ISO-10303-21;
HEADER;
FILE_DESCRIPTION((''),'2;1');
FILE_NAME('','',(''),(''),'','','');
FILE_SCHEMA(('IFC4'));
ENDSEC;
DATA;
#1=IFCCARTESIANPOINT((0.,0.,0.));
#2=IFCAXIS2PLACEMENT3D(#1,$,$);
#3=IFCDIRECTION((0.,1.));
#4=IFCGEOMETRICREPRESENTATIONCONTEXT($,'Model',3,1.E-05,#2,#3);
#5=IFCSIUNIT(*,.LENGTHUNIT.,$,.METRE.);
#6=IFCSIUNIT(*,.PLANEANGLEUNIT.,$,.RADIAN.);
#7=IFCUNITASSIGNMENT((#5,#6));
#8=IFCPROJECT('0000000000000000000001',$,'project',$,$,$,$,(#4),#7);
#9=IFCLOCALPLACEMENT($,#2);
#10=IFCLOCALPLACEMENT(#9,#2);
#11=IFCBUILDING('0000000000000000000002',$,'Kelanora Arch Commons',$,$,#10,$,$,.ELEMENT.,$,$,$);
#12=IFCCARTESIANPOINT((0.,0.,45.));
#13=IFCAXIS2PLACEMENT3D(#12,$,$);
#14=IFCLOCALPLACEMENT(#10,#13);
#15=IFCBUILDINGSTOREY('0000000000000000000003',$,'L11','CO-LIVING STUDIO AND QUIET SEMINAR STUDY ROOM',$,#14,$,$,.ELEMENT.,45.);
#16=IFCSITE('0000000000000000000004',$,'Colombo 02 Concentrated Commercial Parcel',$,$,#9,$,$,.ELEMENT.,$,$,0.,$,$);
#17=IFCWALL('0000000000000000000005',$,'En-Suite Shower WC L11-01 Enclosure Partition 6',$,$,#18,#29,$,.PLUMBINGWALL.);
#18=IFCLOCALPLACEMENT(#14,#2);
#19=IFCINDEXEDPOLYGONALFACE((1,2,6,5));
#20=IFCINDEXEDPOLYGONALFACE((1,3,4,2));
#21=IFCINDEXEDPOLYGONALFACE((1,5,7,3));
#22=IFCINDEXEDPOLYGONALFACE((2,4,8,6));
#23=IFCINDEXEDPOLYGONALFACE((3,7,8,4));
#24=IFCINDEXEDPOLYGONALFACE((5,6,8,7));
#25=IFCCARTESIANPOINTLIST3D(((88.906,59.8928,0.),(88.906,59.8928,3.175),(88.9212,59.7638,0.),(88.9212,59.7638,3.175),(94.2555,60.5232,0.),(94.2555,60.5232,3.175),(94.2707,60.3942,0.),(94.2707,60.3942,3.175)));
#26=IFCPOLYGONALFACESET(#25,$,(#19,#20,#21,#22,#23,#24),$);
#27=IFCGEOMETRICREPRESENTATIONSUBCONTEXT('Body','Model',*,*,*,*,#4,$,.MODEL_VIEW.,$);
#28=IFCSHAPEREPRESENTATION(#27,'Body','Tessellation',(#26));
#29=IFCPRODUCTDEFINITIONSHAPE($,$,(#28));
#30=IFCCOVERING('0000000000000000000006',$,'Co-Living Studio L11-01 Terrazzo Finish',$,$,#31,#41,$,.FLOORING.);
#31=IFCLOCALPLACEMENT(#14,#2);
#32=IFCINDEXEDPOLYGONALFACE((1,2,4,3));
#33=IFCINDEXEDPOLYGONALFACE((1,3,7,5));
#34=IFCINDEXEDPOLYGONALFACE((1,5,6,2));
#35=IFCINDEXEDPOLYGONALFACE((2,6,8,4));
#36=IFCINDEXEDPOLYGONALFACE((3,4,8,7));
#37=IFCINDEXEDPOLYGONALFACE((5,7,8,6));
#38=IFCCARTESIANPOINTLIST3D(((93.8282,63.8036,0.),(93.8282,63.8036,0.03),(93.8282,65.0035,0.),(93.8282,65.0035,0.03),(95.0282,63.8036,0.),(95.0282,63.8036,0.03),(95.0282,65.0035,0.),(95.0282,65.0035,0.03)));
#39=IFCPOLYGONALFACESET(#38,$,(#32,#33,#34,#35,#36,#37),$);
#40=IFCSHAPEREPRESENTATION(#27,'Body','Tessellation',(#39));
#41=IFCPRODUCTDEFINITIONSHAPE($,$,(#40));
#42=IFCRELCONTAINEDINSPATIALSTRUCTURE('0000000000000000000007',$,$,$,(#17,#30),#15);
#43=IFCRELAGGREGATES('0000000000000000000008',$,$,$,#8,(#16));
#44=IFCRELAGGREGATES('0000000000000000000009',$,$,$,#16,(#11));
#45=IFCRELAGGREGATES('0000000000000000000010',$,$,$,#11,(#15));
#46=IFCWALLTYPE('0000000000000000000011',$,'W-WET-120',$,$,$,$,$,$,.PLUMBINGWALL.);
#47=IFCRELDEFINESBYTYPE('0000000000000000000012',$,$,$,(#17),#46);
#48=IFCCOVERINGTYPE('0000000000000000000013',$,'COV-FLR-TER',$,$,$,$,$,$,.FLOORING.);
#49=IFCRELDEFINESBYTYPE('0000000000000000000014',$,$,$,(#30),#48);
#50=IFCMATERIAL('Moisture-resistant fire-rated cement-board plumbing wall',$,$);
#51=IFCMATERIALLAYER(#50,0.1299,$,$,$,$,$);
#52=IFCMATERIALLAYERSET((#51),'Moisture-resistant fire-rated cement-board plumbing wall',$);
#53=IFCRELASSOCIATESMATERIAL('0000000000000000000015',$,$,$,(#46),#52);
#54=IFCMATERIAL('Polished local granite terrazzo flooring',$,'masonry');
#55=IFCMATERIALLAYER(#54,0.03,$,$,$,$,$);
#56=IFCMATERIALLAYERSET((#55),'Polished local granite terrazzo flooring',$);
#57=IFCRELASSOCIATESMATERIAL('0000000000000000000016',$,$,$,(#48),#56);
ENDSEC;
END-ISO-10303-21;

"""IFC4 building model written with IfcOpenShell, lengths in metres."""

from ifc_helpers import new_model, si_unit, direction, frame, frame_2d, origin, origin_2d, place, context, subcontext, project, spatial, rectangle, extrude, source, transform, mapped, material, layer, layer_set, type_object, element, save


model = new_model("IFC4")

# Units and contexts
model_context = context("Model", 3, precision=1e-05, world=origin(), true_north=direction((0.0, 1.0)))
body_context = subcontext(model_context, "Body", "Model", "MODEL_VIEW")
ifc_project = project(units=[si_unit("LENGTHUNIT", "METRE"), si_unit("PLANEANGLEUNIT", "RADIAN")], contexts=[model_context])

# Site, building, storey
site_placement = place(None, origin())
site = spatial("IfcSite", under=ifc_project, at=site_placement, Name="Colombo 02 Concentrated Commercial Parcel", CompositionType="ELEMENT", RefElevation=0.0)
building_placement = place(site_placement, origin())
building = spatial("IfcBuilding", under=site, at=building_placement, Name="Kelanora Arch Commons", CompositionType="ELEMENT")
storey_placement = place(building_placement, frame((0.0, 0.0, 45.0)))
storey = spatial("IfcBuildingStorey", under=building, at=storey_placement, Name="L11", Description="CO-LIVING STUDIO AND QUIET SEMINAR STUDY ROOM", CompositionType="ELEMENT", Elevation=45.0)

# Shared definitions
ifc_material_1 = material(Name="Moisture-resistant fire-rated cement-board plumbing wall")
ifc_layer_1 = layer(ifc_material_1, 0.1299)
ifc_layer_set_1 = layer_set([ifc_layer_1], Name="Moisture-resistant fire-rated cement-board plumbing wall")
wall_type_1 = type_object("IfcWallType", Name="W-WET-120", PredefinedType="PLUMBINGWALL", material=ifc_layer_set_1)

# Wall
wall_1_placement = place(storey_placement, frame((94.2632, 60.4587, 0.0), z_axis=(0.0, 0.0, 1.0), x_axis=(-0.993128, -0.117031, 0.0)))
element("IfcWall", 1, at=wall_1_placement, inside=storey, type_object=wall_type_1, Name="En-Suite Shower WC L11-01 Enclosure Partition 6", PredefinedType="PLUMBINGWALL", context=body_context, shape_type="SweptSolid", body=[
    extrude(rectangle(XDim=5.3865, YDim=0.1299, at=frame_2d((2.6934, 0.0))), origin(), (0.0, 0.0, 1.0), 3.175),
])

# Covering
ifc_material_2 = material(Name="Polished local granite terrazzo flooring", Category="masonry")
ifc_layer_2 = layer(ifc_material_2, 0.03)
ifc_layer_set_2 = layer_set([ifc_layer_2], Name="Polished local granite terrazzo flooring")
covering_type = type_object("IfcCoveringType", Name="COV-FLR-TER", PredefinedType="FLOORING", material=ifc_layer_set_2)
shared_shape_1 = source(origin(), body_context, "Body", "SweptSolid", [
    extrude(rectangle(XDim=1.2, YDim=1.2, at=origin_2d()), origin(), (0.0, 0.0, 1.0), 0.03),
])
covering_placement = place(storey_placement, frame((94.4282, 64.4036, 0.0), z_axis=(0.0, 0.0, 1.0), x_axis=(1.0, 0.0, 0.0)))
element("IfcCovering", 2, at=covering_placement, inside=storey, type_object=covering_type, Name="Co-Living Studio L11-01 Terrazzo Finish", PredefinedType="FLOORING", context=body_context, shape_type="MappedRepresentation", body=[
    mapped(shared_shape_1, transform((0.0, 0.0, 0.0), scale=1.0)),
])

save(model, "model.ifc")
